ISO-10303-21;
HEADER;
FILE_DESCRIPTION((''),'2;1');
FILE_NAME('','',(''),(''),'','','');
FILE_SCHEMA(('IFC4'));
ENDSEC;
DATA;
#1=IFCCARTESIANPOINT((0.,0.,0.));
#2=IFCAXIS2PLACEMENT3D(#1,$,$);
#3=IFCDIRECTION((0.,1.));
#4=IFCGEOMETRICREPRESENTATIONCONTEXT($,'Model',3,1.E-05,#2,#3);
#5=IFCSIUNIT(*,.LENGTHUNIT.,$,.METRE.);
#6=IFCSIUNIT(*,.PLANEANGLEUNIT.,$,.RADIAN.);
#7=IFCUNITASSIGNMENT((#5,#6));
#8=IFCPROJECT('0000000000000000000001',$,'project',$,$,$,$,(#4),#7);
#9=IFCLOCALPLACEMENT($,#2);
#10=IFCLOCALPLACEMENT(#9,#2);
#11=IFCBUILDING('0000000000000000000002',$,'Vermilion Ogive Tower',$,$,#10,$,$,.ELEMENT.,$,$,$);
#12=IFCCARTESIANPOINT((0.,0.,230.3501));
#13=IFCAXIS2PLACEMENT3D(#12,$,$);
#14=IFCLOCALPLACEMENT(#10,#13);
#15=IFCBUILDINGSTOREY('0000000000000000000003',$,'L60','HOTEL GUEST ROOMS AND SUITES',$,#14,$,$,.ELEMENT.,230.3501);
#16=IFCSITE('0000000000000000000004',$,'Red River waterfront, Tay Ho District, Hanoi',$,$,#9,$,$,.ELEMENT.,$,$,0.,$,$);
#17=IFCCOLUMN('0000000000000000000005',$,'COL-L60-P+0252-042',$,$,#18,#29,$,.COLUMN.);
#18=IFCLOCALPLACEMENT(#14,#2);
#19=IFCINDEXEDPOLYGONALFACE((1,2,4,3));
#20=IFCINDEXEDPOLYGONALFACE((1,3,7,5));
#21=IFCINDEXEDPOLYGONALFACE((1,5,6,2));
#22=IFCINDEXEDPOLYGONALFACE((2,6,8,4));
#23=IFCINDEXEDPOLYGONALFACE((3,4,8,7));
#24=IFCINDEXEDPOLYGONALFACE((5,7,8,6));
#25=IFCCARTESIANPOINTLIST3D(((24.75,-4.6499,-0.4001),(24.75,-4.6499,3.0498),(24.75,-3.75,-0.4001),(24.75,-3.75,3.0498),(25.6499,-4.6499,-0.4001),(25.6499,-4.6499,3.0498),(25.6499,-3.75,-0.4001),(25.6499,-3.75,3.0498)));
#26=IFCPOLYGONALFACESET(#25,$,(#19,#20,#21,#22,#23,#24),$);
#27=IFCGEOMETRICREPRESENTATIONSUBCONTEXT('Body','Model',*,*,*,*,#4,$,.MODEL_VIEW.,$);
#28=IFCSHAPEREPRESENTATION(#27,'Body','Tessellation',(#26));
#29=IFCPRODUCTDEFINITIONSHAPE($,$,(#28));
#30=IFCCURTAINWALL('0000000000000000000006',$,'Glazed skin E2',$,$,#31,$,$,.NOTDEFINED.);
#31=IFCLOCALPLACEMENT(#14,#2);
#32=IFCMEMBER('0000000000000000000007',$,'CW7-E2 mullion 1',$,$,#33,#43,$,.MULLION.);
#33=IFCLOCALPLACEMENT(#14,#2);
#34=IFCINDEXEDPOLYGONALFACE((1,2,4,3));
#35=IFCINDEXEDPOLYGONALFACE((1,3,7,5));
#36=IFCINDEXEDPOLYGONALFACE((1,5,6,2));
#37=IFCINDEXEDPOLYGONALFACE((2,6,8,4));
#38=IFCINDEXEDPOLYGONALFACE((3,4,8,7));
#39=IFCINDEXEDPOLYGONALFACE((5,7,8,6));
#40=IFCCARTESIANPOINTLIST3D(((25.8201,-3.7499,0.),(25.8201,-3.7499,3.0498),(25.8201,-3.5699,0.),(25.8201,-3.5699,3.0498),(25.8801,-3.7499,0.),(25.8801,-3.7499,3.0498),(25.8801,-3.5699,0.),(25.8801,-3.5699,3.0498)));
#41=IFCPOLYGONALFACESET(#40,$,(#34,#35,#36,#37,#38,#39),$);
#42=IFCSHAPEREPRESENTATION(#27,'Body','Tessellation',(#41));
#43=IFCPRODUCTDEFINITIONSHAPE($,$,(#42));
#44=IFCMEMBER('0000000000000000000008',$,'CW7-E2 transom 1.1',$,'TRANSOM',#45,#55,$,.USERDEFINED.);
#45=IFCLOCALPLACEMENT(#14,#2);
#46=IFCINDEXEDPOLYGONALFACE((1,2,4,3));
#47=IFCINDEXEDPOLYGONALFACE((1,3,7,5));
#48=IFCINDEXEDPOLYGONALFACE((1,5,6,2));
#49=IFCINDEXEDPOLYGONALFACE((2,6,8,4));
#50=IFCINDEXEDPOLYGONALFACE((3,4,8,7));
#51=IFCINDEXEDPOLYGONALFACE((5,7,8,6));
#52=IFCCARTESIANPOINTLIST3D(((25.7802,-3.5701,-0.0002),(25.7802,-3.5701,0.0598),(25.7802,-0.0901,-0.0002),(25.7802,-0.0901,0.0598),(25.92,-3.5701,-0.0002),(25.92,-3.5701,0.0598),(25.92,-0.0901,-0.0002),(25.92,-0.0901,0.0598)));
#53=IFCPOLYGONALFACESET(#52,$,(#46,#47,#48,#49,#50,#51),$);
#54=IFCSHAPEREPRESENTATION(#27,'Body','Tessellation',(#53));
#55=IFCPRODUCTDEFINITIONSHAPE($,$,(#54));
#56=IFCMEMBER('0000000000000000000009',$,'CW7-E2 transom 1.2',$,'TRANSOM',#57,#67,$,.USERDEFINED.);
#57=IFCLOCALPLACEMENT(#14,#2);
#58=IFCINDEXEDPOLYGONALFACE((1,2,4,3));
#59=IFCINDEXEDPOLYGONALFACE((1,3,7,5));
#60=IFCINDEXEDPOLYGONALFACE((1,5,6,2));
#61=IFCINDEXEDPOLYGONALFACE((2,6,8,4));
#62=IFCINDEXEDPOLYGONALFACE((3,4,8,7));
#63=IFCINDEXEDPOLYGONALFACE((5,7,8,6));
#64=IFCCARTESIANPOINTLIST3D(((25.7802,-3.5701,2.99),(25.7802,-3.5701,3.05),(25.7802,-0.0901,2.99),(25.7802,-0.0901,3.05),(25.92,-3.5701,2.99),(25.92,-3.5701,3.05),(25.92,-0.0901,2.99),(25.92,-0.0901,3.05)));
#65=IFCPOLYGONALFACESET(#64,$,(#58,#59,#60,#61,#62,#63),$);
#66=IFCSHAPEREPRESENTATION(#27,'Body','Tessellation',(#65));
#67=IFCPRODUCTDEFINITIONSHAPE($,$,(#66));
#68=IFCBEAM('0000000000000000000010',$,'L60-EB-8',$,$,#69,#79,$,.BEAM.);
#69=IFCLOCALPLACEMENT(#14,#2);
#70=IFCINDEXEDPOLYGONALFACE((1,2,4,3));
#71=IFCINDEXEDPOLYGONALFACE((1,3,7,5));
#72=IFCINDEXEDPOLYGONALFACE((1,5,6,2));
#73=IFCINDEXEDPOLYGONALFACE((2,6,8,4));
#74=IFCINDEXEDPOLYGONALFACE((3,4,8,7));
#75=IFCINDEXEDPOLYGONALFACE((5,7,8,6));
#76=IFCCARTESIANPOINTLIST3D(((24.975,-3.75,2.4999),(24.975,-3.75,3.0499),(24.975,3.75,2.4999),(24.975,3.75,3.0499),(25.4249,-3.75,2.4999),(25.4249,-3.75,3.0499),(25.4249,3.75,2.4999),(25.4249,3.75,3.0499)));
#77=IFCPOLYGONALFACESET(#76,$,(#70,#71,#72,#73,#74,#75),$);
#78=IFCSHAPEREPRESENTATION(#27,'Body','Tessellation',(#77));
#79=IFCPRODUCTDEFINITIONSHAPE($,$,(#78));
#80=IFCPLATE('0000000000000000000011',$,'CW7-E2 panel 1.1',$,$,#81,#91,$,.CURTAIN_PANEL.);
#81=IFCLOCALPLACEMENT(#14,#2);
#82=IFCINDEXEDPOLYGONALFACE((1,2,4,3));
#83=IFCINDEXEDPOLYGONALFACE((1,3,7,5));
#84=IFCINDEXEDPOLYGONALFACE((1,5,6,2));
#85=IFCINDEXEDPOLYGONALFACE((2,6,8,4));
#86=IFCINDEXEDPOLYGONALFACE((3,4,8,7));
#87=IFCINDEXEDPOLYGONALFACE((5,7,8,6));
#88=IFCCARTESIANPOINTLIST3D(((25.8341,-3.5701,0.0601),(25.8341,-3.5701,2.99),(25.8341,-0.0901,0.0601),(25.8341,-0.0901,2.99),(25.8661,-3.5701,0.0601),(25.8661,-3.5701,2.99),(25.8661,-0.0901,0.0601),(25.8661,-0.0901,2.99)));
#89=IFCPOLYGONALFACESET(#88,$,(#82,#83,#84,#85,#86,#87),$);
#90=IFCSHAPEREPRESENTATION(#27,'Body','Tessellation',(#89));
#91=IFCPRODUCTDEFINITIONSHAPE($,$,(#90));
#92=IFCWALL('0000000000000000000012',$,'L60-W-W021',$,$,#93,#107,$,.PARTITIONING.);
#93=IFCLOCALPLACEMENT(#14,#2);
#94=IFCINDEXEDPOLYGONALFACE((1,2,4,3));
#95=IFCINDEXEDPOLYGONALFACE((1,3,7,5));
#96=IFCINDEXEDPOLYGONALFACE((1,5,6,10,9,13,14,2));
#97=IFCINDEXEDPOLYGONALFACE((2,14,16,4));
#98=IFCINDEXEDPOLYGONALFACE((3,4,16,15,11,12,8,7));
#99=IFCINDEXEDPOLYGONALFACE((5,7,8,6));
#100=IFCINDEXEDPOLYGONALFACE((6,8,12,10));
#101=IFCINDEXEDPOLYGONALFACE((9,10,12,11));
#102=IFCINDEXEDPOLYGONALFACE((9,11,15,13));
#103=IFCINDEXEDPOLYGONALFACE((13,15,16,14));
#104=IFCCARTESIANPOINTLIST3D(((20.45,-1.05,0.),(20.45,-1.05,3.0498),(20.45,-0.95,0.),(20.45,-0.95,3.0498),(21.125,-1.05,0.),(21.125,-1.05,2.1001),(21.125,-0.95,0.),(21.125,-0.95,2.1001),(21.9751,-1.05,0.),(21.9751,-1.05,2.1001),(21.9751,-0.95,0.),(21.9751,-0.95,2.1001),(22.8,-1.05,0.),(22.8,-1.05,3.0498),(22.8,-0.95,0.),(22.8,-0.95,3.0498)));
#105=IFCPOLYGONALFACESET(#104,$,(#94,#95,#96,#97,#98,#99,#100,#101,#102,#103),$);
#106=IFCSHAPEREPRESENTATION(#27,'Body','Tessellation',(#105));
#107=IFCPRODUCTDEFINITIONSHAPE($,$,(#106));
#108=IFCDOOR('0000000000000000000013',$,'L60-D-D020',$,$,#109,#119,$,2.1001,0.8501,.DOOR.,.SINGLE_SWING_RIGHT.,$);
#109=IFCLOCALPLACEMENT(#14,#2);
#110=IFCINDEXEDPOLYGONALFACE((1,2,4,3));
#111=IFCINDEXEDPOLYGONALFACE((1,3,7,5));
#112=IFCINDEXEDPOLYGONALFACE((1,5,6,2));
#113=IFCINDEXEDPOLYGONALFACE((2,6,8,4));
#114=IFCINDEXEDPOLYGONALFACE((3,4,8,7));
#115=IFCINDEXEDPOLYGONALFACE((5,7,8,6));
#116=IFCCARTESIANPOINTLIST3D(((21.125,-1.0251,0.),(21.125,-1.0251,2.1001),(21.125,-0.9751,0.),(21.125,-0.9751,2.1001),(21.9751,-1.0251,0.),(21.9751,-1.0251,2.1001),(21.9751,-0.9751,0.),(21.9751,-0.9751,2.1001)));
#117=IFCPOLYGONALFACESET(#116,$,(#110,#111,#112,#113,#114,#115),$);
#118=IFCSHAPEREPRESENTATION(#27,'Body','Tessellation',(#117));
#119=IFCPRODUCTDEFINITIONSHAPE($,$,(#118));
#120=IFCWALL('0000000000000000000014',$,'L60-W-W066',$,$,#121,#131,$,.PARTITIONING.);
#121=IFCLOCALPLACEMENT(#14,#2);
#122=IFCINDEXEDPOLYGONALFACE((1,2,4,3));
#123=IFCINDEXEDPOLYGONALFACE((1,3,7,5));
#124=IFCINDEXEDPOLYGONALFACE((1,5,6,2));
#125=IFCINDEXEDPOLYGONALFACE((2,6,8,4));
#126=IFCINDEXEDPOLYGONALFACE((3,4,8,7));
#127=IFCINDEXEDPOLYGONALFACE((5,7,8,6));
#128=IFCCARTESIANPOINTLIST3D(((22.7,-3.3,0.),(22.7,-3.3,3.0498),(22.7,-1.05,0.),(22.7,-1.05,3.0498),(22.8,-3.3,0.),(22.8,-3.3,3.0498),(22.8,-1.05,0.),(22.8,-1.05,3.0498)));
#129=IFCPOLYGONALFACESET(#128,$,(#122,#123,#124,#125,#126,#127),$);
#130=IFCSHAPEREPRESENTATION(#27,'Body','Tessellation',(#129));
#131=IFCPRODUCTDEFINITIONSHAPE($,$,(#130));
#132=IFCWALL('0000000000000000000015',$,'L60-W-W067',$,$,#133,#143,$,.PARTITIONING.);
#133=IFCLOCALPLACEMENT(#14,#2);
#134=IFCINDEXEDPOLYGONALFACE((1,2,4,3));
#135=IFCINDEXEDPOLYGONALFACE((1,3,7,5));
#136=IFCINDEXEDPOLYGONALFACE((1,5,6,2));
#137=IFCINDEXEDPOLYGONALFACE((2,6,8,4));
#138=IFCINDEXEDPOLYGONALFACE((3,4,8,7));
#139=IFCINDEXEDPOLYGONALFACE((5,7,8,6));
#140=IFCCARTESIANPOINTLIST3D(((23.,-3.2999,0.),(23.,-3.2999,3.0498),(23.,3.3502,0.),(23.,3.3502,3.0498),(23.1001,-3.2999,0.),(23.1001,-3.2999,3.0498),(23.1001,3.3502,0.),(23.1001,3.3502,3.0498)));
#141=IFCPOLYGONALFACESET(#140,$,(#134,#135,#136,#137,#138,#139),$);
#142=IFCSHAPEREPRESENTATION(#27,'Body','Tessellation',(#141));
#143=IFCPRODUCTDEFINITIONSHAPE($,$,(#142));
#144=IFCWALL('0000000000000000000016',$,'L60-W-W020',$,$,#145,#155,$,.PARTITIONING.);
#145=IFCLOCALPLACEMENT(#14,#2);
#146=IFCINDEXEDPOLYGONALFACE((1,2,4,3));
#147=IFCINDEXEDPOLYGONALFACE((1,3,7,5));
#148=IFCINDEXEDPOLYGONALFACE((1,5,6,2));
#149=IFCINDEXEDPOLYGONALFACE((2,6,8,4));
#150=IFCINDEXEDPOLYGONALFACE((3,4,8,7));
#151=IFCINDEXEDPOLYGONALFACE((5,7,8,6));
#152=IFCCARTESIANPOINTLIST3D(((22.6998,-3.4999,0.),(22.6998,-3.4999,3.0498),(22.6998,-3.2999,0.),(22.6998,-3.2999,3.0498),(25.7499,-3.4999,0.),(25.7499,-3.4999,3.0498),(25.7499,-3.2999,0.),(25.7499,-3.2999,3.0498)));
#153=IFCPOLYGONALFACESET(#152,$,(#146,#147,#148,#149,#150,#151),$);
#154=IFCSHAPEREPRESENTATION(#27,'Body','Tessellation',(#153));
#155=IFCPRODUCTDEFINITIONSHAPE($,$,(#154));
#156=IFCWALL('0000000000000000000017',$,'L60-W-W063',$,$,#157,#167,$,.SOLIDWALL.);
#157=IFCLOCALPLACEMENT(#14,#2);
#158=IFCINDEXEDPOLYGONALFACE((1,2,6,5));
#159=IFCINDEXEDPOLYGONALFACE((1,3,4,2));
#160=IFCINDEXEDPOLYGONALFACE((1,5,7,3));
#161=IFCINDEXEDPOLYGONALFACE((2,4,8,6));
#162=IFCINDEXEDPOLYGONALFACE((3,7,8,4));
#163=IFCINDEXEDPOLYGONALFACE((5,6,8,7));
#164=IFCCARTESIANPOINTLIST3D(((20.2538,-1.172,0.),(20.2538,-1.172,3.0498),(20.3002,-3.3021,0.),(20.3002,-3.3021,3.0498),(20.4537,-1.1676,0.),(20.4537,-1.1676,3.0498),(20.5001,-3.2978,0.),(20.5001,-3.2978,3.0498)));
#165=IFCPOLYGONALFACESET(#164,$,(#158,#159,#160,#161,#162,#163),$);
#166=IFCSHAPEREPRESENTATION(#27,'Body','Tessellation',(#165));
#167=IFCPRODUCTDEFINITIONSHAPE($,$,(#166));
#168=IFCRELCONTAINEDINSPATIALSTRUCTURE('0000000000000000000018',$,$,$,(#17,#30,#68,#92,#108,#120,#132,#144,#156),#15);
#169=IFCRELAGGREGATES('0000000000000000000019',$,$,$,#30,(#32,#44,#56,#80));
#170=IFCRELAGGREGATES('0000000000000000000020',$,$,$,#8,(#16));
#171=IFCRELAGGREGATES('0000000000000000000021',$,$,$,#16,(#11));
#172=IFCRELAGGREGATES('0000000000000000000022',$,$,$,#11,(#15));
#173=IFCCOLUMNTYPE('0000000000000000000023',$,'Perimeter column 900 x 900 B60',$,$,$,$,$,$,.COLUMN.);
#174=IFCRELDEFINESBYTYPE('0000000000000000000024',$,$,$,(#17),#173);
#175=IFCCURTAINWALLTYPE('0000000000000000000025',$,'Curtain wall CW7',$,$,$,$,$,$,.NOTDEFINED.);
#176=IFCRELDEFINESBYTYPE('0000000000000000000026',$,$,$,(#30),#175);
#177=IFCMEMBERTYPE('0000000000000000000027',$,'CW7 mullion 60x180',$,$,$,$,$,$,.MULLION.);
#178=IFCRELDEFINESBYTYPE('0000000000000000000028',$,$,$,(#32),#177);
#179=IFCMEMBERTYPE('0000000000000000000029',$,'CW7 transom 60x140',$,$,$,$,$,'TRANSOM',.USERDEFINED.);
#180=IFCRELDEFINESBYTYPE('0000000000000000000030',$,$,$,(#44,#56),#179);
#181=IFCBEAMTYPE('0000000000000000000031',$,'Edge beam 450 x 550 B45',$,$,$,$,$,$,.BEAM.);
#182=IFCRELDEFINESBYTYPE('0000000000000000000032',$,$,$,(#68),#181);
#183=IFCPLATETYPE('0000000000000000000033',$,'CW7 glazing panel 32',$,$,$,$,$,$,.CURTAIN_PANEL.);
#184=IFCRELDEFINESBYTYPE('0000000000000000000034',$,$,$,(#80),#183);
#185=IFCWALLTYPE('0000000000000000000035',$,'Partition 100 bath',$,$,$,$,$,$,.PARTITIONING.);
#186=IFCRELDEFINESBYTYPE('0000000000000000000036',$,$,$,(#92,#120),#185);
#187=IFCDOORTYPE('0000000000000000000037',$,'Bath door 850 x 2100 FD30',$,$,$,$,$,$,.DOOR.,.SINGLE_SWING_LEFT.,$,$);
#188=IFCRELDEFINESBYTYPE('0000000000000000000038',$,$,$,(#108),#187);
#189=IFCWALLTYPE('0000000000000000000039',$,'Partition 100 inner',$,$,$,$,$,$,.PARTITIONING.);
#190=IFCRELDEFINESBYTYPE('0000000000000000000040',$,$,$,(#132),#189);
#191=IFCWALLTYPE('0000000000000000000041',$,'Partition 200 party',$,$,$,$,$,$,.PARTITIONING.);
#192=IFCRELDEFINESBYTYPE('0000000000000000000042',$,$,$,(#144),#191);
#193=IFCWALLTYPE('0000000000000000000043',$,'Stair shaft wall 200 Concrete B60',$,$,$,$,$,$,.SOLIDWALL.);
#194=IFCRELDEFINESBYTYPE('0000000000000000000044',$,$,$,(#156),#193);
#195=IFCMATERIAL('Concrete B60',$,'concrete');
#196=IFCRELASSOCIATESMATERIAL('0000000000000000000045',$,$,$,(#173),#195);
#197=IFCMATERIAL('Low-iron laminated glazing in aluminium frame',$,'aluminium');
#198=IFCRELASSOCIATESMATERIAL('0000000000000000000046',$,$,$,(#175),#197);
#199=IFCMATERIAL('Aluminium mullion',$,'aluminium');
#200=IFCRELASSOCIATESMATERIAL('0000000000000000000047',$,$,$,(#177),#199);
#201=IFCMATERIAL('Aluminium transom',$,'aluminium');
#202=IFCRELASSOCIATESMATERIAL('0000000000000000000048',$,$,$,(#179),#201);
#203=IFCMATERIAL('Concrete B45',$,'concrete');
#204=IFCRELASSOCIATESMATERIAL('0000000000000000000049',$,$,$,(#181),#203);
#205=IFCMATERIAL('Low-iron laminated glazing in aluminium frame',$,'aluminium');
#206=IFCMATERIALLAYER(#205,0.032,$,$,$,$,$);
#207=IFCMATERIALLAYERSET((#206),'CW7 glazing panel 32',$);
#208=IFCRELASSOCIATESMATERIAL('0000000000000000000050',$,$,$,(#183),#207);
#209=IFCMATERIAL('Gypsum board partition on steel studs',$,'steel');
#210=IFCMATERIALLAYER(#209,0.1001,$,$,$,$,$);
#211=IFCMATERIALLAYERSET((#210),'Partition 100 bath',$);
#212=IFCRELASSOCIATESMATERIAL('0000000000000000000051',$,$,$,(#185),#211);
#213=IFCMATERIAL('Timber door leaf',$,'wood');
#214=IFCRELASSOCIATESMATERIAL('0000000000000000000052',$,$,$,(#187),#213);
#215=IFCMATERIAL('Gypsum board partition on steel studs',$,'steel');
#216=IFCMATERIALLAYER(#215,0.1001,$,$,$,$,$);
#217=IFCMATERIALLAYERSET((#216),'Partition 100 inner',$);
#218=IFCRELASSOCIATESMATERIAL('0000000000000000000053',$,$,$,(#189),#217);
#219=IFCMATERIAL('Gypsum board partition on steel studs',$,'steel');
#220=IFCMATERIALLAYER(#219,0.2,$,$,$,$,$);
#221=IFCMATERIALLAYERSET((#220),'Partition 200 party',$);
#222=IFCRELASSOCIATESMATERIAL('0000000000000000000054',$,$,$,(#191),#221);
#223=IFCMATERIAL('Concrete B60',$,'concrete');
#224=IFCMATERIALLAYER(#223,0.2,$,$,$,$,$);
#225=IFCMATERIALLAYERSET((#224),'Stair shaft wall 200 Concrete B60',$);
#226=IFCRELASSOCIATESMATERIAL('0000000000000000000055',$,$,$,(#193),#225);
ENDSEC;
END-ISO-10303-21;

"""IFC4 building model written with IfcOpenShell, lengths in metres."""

from ifc_helpers import new_model, si_unit, direction, frame, frame_2d, origin, origin_2d, place, context, subcontext, project, spatial, rectangle, extrude, material, layer, layer_set, material_profile, profile_set, type_object, element, fill, aggregate, save


model = new_model("IFC4")

# Units and contexts
model_context = context("Model", 3, precision=1e-05, world=origin(), true_north=direction((0.0, 1.0)))
body_context = subcontext(model_context, "Body", "Model", "MODEL_VIEW")
ifc_project = project(units=[si_unit("LENGTHUNIT", "METRE"), si_unit("PLANEANGLEUNIT", "RADIAN")], contexts=[model_context])

# Site, building, storey
site_placement = place(None, origin())
site = spatial("IfcSite", under=ifc_project, at=site_placement, Name="Red River waterfront, Tay Ho District, Hanoi", CompositionType="ELEMENT", RefElevation=0.0)
building_placement = place(site_placement, origin())
building = spatial("IfcBuilding", under=site, at=building_placement, Name="Vermilion Ogive Tower", CompositionType="ELEMENT")
storey_placement = place(building_placement, frame((0.0, 0.0, 230.3501)))
storey = spatial("IfcBuildingStorey", under=building, at=storey_placement, Name="L60", Description="HOTEL GUEST ROOMS AND SUITES", CompositionType="ELEMENT", Elevation=230.3501)

# Column
ifc_material_1 = material(Name="Concrete B60", Category="concrete")
ifc_material_profile_1 = material_profile(ifc_material_1, rectangle(XDim=0.8999, YDim=0.8999, at=origin_2d()), Name="900 x 900")
ifc_profile_set_1 = profile_set([ifc_material_profile_1], Name="Concrete B60")
column_type = type_object("IfcColumnType", Name="Perimeter column 900 x 900 B60", PredefinedType="COLUMN", material=ifc_profile_set_1)
column_placement = place(storey_placement, frame((25.2, -4.2, -0.4001), z_axis=(0.0, 0.0, 1.0), x_axis=(1.0, 0.0, 0.0)))
element("IfcColumn", 1, at=column_placement, inside=storey, type_object=column_type, Name="COL-L60-P+0252-042", PredefinedType="COLUMN", context=body_context, shape_type="SweptSolid", body=[
    extrude(rectangle(XDim=0.8999, YDim=0.8999, at=origin_2d()), origin(), (0.0, 0.0, 1.0), 3.45),
])

# Curtain wall, members
ifc_material_2 = material(Name="Low-iron laminated glazing in aluminium frame", Category="aluminium")
curtain_wall_type = type_object("IfcCurtainWallType", Name="Curtain wall CW7", PredefinedType="NOTDEFINED", material=ifc_material_2)
curtain_wall_placement = place(storey_placement, origin())
curtain_wall = element("IfcCurtainWall", 2, at=curtain_wall_placement, inside=storey, type_object=curtain_wall_type, Name="Glazed skin E2", PredefinedType="NOTDEFINED")
ifc_material_3 = material(Name="Aluminium mullion", Category="aluminium")
ifc_material_profile_2 = material_profile(ifc_material_3, rectangle(XDim=0.0601, YDim=0.1799, at=origin_2d()), Name="AL 60x180")
ifc_profile_set_2 = profile_set([ifc_material_profile_2], Name="Aluminium mullion")
member_type_1 = type_object("IfcMemberType", Name="CW7 mullion 60x180", PredefinedType="MULLION", material=ifc_profile_set_2)
member_1_placement = place(storey_placement, frame((25.8501, -3.6599, 0.0), z_axis=(0.0, 0.0, 1.0), x_axis=(-1.0, 0.0, 0.0)))
member_1 = element("IfcMember", 3, at=member_1_placement, type_object=member_type_1, Name="CW7-E2 mullion 1", PredefinedType="MULLION", context=body_context, shape_type="SweptSolid", body=[
    extrude(rectangle(XDim=0.0601, YDim=0.1799, at=origin_2d()), origin(), (0.0, 0.0, 1.0), 3.0498),
])
ifc_material_4 = material(Name="Aluminium transom", Category="aluminium")
ifc_material_profile_3 = material_profile(ifc_material_4, rectangle(XDim=0.1399, YDim=0.0601, at=origin_2d()), Name="AL 60x140")
ifc_profile_set_3 = profile_set([ifc_material_profile_3], Name="Aluminium transom")
member_type_2 = type_object("IfcMemberType", Name="CW7 transom 60x140", ElementType="TRANSOM", PredefinedType="USERDEFINED", material=ifc_profile_set_3)
member_2_placement = place(storey_placement, frame((25.8501, -3.5701, 0.0298), z_axis=(0.0, 1.0, 0.0), x_axis=(-1.0, 0.0, 0.0)))
member_2 = element("IfcMember", 4, at=member_2_placement, type_object=member_type_2, Name="CW7-E2 transom 1.1", ObjectType="TRANSOM", PredefinedType="USERDEFINED", context=body_context, shape_type="SweptSolid", body=[
    extrude(rectangle(XDim=0.1399, YDim=0.0601, at=origin_2d()), origin(), (0.0, 0.0, 1.0), 3.48),
])
member_3_placement = place(storey_placement, frame((25.8501, -3.5701, 3.02), z_axis=(0.0, 1.0, 0.0), x_axis=(-1.0, 0.0, 0.0)))
member_3 = element("IfcMember", 5, at=member_3_placement, type_object=member_type_2, Name="CW7-E2 transom 1.2", ObjectType="TRANSOM", PredefinedType="USERDEFINED", context=body_context, shape_type="SweptSolid", body=[
    extrude(rectangle(XDim=0.1399, YDim=0.0601, at=origin_2d()), origin(), (0.0, 0.0, 1.0), 3.48),
])

# Beam
ifc_material_5 = material(Name="Concrete B45", Category="concrete")
ifc_material_profile_4 = material_profile(ifc_material_5, rectangle(XDim=0.45, YDim=0.55, at=origin_2d()), Name="450 x 550")
ifc_profile_set_4 = profile_set([ifc_material_profile_4], Name="Concrete B45")
beam_type = type_object("IfcBeamType", Name="Edge beam 450 x 550 B45", PredefinedType="BEAM", material=ifc_profile_set_4)
beam_placement = place(storey_placement, frame((25.2, -3.75, 2.7749), z_axis=(0.0, 1.0, 0.0), x_axis=(-1.0, 0.0, 0.0)))
element("IfcBeam", 6, at=beam_placement, inside=storey, type_object=beam_type, Name="L60-EB-8", PredefinedType="BEAM", context=body_context, shape_type="SweptSolid", body=[
    extrude(rectangle(XDim=0.45, YDim=0.55, at=origin_2d()), origin(), (0.0, 0.0, 1.0), 7.5),
])

# Plate
ifc_material_6 = material(Name="Low-iron laminated glazing in aluminium frame", Category="aluminium")
ifc_layer_1 = layer(ifc_material_6, 0.032)
ifc_layer_set_1 = layer_set([ifc_layer_1], Name="CW7 glazing panel 32")
plate_type = type_object("IfcPlateType", Name="CW7 glazing panel 32", PredefinedType="CURTAIN_PANEL", material=ifc_layer_set_1)
plate_placement = place(storey_placement, frame((25.8501, -1.8301, 0.0601), z_axis=(0.0, 0.0, 1.0), x_axis=(0.0, 1.0, 0.0)))
plate = element("IfcPlate", 7, at=plate_placement, type_object=plate_type, Name="CW7-E2 panel 1.1", PredefinedType="CURTAIN_PANEL", context=body_context, shape_type="SweptSolid", body=[
    extrude(rectangle(XDim=3.48, YDim=0.032, at=origin_2d()), origin(), (0.0, 0.0, 1.0), 2.9299),
])
aggregate(curtain_wall, [member_1, member_2, member_3, plate])

# Wall, opening, door
ifc_material_7 = material(Name="Gypsum board partition on steel studs", Category="steel")
ifc_layer_2 = layer(ifc_material_7, 0.1001)
ifc_layer_set_2 = layer_set([ifc_layer_2], Name="Partition 100 bath")
wall_type_1 = type_object("IfcWallType", Name="Partition 100 bath", PredefinedType="PARTITIONING", material=ifc_layer_set_2)
wall_1_placement = place(storey_placement, frame((20.45, -1.0, 0.0), z_axis=(0.0, 0.0, 1.0), x_axis=(1.0, 0.0, 0.0)))
wall_1 = element("IfcWall", 8, at=wall_1_placement, inside=storey, type_object=wall_type_1, Name="L60-W-W021", PredefinedType="PARTITIONING", context=body_context, shape_type="SweptSolid", body=[
    extrude(rectangle(XDim=2.3501, YDim=0.1001, at=frame_2d((1.175, 0.0))), origin(), (0.0, 0.0, 1.0), 3.0498),
])
opening_placement = place(wall_1_placement, frame((0.675, 0.0, 0.0)))
opening = element("IfcOpeningElement", 9, at=opening_placement, cuts=wall_1, PredefinedType="OPENING", context=body_context, shape_type="SweptSolid", body=[
    extrude(rectangle(XDim=0.8501, YDim=2.1001, at=frame_2d((0.425, 1.05))), frame((0.0, 0.0601, 0.0), z_axis=(0.0, -1.0, 0.0), x_axis=(1.0, 0.0, 0.0)), (0.0, 0.0, 1.0), 0.1201),
])
ifc_material_8 = material(Name="Timber door leaf", Category="wood")
door_type = type_object("IfcDoorType", Name="Bath door 850 x 2100 FD30", OperationType="SINGLE_SWING_LEFT", PredefinedType="DOOR", material=ifc_material_8)
door_placement = place(opening_placement, origin())
door = element("IfcDoor", 10, at=door_placement, inside=storey, type_object=door_type, Name="L60-D-D020", OperationType="SINGLE_SWING_RIGHT", OverallHeight=2.1001, OverallWidth=0.8501, PredefinedType="DOOR", context=body_context, shape_type="SweptSolid", body=[
    extrude(rectangle(XDim=0.8501, YDim=2.1001, at=frame_2d((0.425, 1.05))), frame((0.0, 0.0249, 0.0), z_axis=(0.0, -1.0, 0.0), x_axis=(1.0, 0.0, 0.0)), (0.0, 0.0, 1.0), 0.05),
])
fill(opening, door)

# Walls
wall_2_placement = place(storey_placement, frame((22.75, -3.3, 0.0), z_axis=(0.0, 0.0, 1.0), x_axis=(0.0, 1.0, 0.0)))
element("IfcWall", 11, at=wall_2_placement, inside=storey, type_object=wall_type_1, Name="L60-W-W066", PredefinedType="PARTITIONING", context=body_context, shape_type="SweptSolid", body=[
    extrude(rectangle(XDim=2.25, YDim=0.1001, at=frame_2d((1.125, 0.0))), origin(), (0.0, 0.0, 1.0), 3.0498),
])
ifc_material_9 = material(Name="Gypsum board partition on steel studs", Category="steel")
ifc_layer_3 = layer(ifc_material_9, 0.1001)
ifc_layer_set_3 = layer_set([ifc_layer_3], Name="Partition 100 inner")
wall_type_2 = type_object("IfcWallType", Name="Partition 100 inner", PredefinedType="PARTITIONING", material=ifc_layer_set_3)
wall_3_placement = place(storey_placement, frame((23.05, -3.3, 0.0), z_axis=(0.0, 0.0, 1.0), x_axis=(0.0, 1.0, 0.0)))
element("IfcWall", 12, at=wall_3_placement, inside=storey, type_object=wall_type_2, Name="L60-W-W067", PredefinedType="PARTITIONING", context=body_context, shape_type="SweptSolid", body=[
    extrude(rectangle(XDim=6.6501, YDim=0.1001, at=frame_2d((3.3252, 0.0))), origin(), (0.0, 0.0, 1.0), 3.0498),
])
ifc_material_10 = material(Name="Gypsum board partition on steel studs", Category="steel")
ifc_layer_4 = layer(ifc_material_10, 0.2)
ifc_layer_set_4 = layer_set([ifc_layer_4], Name="Partition 200 party")
wall_type_3 = type_object("IfcWallType", Name="Partition 200 party", PredefinedType="PARTITIONING", material=ifc_layer_set_4)
wall_4_placement = place(storey_placement, frame((22.7, -3.3999, 0.0), z_axis=(0.0, 0.0, 1.0), x_axis=(1.0, 0.0, 0.0)))
element("IfcWall", 13, at=wall_4_placement, inside=storey, type_object=wall_type_3, Name="L60-W-W020", PredefinedType="PARTITIONING", context=body_context, shape_type="SweptSolid", body=[
    extrude(rectangle(XDim=3.05, YDim=0.2, at=frame_2d((1.5249, 0.0))), origin(), (0.0, 0.0, 1.0), 3.0498),
])
ifc_material_11 = material(Name="Concrete B60", Category="concrete")
ifc_layer_5 = layer(ifc_material_11, 0.2)
ifc_layer_set_5 = layer_set([ifc_layer_5], Name="Stair shaft wall 200 Concrete B60")
wall_type_4 = type_object("IfcWallType", Name="Stair shaft wall 200 Concrete B60", PredefinedType="SOLIDWALL", material=ifc_layer_set_5)
wall_5_placement = place(storey_placement, frame((20.4001, -3.3, 0.0), z_axis=(0.0, 0.0, 1.0), x_axis=(-0.021771, 0.999763, 0.0)))
element("IfcWall", 14, at=wall_5_placement, inside=storey, type_object=wall_type_4, Name="L60-W-W063", PredefinedType="SOLIDWALL", context=body_context, shape_type="SweptSolid", body=[
    extrude(rectangle(XDim=2.1306, YDim=0.2, at=frame_2d((1.0654, 0.0))), origin(), (0.0, 0.0, 1.0), 3.0498),
])

save(model, "model.ifc")
